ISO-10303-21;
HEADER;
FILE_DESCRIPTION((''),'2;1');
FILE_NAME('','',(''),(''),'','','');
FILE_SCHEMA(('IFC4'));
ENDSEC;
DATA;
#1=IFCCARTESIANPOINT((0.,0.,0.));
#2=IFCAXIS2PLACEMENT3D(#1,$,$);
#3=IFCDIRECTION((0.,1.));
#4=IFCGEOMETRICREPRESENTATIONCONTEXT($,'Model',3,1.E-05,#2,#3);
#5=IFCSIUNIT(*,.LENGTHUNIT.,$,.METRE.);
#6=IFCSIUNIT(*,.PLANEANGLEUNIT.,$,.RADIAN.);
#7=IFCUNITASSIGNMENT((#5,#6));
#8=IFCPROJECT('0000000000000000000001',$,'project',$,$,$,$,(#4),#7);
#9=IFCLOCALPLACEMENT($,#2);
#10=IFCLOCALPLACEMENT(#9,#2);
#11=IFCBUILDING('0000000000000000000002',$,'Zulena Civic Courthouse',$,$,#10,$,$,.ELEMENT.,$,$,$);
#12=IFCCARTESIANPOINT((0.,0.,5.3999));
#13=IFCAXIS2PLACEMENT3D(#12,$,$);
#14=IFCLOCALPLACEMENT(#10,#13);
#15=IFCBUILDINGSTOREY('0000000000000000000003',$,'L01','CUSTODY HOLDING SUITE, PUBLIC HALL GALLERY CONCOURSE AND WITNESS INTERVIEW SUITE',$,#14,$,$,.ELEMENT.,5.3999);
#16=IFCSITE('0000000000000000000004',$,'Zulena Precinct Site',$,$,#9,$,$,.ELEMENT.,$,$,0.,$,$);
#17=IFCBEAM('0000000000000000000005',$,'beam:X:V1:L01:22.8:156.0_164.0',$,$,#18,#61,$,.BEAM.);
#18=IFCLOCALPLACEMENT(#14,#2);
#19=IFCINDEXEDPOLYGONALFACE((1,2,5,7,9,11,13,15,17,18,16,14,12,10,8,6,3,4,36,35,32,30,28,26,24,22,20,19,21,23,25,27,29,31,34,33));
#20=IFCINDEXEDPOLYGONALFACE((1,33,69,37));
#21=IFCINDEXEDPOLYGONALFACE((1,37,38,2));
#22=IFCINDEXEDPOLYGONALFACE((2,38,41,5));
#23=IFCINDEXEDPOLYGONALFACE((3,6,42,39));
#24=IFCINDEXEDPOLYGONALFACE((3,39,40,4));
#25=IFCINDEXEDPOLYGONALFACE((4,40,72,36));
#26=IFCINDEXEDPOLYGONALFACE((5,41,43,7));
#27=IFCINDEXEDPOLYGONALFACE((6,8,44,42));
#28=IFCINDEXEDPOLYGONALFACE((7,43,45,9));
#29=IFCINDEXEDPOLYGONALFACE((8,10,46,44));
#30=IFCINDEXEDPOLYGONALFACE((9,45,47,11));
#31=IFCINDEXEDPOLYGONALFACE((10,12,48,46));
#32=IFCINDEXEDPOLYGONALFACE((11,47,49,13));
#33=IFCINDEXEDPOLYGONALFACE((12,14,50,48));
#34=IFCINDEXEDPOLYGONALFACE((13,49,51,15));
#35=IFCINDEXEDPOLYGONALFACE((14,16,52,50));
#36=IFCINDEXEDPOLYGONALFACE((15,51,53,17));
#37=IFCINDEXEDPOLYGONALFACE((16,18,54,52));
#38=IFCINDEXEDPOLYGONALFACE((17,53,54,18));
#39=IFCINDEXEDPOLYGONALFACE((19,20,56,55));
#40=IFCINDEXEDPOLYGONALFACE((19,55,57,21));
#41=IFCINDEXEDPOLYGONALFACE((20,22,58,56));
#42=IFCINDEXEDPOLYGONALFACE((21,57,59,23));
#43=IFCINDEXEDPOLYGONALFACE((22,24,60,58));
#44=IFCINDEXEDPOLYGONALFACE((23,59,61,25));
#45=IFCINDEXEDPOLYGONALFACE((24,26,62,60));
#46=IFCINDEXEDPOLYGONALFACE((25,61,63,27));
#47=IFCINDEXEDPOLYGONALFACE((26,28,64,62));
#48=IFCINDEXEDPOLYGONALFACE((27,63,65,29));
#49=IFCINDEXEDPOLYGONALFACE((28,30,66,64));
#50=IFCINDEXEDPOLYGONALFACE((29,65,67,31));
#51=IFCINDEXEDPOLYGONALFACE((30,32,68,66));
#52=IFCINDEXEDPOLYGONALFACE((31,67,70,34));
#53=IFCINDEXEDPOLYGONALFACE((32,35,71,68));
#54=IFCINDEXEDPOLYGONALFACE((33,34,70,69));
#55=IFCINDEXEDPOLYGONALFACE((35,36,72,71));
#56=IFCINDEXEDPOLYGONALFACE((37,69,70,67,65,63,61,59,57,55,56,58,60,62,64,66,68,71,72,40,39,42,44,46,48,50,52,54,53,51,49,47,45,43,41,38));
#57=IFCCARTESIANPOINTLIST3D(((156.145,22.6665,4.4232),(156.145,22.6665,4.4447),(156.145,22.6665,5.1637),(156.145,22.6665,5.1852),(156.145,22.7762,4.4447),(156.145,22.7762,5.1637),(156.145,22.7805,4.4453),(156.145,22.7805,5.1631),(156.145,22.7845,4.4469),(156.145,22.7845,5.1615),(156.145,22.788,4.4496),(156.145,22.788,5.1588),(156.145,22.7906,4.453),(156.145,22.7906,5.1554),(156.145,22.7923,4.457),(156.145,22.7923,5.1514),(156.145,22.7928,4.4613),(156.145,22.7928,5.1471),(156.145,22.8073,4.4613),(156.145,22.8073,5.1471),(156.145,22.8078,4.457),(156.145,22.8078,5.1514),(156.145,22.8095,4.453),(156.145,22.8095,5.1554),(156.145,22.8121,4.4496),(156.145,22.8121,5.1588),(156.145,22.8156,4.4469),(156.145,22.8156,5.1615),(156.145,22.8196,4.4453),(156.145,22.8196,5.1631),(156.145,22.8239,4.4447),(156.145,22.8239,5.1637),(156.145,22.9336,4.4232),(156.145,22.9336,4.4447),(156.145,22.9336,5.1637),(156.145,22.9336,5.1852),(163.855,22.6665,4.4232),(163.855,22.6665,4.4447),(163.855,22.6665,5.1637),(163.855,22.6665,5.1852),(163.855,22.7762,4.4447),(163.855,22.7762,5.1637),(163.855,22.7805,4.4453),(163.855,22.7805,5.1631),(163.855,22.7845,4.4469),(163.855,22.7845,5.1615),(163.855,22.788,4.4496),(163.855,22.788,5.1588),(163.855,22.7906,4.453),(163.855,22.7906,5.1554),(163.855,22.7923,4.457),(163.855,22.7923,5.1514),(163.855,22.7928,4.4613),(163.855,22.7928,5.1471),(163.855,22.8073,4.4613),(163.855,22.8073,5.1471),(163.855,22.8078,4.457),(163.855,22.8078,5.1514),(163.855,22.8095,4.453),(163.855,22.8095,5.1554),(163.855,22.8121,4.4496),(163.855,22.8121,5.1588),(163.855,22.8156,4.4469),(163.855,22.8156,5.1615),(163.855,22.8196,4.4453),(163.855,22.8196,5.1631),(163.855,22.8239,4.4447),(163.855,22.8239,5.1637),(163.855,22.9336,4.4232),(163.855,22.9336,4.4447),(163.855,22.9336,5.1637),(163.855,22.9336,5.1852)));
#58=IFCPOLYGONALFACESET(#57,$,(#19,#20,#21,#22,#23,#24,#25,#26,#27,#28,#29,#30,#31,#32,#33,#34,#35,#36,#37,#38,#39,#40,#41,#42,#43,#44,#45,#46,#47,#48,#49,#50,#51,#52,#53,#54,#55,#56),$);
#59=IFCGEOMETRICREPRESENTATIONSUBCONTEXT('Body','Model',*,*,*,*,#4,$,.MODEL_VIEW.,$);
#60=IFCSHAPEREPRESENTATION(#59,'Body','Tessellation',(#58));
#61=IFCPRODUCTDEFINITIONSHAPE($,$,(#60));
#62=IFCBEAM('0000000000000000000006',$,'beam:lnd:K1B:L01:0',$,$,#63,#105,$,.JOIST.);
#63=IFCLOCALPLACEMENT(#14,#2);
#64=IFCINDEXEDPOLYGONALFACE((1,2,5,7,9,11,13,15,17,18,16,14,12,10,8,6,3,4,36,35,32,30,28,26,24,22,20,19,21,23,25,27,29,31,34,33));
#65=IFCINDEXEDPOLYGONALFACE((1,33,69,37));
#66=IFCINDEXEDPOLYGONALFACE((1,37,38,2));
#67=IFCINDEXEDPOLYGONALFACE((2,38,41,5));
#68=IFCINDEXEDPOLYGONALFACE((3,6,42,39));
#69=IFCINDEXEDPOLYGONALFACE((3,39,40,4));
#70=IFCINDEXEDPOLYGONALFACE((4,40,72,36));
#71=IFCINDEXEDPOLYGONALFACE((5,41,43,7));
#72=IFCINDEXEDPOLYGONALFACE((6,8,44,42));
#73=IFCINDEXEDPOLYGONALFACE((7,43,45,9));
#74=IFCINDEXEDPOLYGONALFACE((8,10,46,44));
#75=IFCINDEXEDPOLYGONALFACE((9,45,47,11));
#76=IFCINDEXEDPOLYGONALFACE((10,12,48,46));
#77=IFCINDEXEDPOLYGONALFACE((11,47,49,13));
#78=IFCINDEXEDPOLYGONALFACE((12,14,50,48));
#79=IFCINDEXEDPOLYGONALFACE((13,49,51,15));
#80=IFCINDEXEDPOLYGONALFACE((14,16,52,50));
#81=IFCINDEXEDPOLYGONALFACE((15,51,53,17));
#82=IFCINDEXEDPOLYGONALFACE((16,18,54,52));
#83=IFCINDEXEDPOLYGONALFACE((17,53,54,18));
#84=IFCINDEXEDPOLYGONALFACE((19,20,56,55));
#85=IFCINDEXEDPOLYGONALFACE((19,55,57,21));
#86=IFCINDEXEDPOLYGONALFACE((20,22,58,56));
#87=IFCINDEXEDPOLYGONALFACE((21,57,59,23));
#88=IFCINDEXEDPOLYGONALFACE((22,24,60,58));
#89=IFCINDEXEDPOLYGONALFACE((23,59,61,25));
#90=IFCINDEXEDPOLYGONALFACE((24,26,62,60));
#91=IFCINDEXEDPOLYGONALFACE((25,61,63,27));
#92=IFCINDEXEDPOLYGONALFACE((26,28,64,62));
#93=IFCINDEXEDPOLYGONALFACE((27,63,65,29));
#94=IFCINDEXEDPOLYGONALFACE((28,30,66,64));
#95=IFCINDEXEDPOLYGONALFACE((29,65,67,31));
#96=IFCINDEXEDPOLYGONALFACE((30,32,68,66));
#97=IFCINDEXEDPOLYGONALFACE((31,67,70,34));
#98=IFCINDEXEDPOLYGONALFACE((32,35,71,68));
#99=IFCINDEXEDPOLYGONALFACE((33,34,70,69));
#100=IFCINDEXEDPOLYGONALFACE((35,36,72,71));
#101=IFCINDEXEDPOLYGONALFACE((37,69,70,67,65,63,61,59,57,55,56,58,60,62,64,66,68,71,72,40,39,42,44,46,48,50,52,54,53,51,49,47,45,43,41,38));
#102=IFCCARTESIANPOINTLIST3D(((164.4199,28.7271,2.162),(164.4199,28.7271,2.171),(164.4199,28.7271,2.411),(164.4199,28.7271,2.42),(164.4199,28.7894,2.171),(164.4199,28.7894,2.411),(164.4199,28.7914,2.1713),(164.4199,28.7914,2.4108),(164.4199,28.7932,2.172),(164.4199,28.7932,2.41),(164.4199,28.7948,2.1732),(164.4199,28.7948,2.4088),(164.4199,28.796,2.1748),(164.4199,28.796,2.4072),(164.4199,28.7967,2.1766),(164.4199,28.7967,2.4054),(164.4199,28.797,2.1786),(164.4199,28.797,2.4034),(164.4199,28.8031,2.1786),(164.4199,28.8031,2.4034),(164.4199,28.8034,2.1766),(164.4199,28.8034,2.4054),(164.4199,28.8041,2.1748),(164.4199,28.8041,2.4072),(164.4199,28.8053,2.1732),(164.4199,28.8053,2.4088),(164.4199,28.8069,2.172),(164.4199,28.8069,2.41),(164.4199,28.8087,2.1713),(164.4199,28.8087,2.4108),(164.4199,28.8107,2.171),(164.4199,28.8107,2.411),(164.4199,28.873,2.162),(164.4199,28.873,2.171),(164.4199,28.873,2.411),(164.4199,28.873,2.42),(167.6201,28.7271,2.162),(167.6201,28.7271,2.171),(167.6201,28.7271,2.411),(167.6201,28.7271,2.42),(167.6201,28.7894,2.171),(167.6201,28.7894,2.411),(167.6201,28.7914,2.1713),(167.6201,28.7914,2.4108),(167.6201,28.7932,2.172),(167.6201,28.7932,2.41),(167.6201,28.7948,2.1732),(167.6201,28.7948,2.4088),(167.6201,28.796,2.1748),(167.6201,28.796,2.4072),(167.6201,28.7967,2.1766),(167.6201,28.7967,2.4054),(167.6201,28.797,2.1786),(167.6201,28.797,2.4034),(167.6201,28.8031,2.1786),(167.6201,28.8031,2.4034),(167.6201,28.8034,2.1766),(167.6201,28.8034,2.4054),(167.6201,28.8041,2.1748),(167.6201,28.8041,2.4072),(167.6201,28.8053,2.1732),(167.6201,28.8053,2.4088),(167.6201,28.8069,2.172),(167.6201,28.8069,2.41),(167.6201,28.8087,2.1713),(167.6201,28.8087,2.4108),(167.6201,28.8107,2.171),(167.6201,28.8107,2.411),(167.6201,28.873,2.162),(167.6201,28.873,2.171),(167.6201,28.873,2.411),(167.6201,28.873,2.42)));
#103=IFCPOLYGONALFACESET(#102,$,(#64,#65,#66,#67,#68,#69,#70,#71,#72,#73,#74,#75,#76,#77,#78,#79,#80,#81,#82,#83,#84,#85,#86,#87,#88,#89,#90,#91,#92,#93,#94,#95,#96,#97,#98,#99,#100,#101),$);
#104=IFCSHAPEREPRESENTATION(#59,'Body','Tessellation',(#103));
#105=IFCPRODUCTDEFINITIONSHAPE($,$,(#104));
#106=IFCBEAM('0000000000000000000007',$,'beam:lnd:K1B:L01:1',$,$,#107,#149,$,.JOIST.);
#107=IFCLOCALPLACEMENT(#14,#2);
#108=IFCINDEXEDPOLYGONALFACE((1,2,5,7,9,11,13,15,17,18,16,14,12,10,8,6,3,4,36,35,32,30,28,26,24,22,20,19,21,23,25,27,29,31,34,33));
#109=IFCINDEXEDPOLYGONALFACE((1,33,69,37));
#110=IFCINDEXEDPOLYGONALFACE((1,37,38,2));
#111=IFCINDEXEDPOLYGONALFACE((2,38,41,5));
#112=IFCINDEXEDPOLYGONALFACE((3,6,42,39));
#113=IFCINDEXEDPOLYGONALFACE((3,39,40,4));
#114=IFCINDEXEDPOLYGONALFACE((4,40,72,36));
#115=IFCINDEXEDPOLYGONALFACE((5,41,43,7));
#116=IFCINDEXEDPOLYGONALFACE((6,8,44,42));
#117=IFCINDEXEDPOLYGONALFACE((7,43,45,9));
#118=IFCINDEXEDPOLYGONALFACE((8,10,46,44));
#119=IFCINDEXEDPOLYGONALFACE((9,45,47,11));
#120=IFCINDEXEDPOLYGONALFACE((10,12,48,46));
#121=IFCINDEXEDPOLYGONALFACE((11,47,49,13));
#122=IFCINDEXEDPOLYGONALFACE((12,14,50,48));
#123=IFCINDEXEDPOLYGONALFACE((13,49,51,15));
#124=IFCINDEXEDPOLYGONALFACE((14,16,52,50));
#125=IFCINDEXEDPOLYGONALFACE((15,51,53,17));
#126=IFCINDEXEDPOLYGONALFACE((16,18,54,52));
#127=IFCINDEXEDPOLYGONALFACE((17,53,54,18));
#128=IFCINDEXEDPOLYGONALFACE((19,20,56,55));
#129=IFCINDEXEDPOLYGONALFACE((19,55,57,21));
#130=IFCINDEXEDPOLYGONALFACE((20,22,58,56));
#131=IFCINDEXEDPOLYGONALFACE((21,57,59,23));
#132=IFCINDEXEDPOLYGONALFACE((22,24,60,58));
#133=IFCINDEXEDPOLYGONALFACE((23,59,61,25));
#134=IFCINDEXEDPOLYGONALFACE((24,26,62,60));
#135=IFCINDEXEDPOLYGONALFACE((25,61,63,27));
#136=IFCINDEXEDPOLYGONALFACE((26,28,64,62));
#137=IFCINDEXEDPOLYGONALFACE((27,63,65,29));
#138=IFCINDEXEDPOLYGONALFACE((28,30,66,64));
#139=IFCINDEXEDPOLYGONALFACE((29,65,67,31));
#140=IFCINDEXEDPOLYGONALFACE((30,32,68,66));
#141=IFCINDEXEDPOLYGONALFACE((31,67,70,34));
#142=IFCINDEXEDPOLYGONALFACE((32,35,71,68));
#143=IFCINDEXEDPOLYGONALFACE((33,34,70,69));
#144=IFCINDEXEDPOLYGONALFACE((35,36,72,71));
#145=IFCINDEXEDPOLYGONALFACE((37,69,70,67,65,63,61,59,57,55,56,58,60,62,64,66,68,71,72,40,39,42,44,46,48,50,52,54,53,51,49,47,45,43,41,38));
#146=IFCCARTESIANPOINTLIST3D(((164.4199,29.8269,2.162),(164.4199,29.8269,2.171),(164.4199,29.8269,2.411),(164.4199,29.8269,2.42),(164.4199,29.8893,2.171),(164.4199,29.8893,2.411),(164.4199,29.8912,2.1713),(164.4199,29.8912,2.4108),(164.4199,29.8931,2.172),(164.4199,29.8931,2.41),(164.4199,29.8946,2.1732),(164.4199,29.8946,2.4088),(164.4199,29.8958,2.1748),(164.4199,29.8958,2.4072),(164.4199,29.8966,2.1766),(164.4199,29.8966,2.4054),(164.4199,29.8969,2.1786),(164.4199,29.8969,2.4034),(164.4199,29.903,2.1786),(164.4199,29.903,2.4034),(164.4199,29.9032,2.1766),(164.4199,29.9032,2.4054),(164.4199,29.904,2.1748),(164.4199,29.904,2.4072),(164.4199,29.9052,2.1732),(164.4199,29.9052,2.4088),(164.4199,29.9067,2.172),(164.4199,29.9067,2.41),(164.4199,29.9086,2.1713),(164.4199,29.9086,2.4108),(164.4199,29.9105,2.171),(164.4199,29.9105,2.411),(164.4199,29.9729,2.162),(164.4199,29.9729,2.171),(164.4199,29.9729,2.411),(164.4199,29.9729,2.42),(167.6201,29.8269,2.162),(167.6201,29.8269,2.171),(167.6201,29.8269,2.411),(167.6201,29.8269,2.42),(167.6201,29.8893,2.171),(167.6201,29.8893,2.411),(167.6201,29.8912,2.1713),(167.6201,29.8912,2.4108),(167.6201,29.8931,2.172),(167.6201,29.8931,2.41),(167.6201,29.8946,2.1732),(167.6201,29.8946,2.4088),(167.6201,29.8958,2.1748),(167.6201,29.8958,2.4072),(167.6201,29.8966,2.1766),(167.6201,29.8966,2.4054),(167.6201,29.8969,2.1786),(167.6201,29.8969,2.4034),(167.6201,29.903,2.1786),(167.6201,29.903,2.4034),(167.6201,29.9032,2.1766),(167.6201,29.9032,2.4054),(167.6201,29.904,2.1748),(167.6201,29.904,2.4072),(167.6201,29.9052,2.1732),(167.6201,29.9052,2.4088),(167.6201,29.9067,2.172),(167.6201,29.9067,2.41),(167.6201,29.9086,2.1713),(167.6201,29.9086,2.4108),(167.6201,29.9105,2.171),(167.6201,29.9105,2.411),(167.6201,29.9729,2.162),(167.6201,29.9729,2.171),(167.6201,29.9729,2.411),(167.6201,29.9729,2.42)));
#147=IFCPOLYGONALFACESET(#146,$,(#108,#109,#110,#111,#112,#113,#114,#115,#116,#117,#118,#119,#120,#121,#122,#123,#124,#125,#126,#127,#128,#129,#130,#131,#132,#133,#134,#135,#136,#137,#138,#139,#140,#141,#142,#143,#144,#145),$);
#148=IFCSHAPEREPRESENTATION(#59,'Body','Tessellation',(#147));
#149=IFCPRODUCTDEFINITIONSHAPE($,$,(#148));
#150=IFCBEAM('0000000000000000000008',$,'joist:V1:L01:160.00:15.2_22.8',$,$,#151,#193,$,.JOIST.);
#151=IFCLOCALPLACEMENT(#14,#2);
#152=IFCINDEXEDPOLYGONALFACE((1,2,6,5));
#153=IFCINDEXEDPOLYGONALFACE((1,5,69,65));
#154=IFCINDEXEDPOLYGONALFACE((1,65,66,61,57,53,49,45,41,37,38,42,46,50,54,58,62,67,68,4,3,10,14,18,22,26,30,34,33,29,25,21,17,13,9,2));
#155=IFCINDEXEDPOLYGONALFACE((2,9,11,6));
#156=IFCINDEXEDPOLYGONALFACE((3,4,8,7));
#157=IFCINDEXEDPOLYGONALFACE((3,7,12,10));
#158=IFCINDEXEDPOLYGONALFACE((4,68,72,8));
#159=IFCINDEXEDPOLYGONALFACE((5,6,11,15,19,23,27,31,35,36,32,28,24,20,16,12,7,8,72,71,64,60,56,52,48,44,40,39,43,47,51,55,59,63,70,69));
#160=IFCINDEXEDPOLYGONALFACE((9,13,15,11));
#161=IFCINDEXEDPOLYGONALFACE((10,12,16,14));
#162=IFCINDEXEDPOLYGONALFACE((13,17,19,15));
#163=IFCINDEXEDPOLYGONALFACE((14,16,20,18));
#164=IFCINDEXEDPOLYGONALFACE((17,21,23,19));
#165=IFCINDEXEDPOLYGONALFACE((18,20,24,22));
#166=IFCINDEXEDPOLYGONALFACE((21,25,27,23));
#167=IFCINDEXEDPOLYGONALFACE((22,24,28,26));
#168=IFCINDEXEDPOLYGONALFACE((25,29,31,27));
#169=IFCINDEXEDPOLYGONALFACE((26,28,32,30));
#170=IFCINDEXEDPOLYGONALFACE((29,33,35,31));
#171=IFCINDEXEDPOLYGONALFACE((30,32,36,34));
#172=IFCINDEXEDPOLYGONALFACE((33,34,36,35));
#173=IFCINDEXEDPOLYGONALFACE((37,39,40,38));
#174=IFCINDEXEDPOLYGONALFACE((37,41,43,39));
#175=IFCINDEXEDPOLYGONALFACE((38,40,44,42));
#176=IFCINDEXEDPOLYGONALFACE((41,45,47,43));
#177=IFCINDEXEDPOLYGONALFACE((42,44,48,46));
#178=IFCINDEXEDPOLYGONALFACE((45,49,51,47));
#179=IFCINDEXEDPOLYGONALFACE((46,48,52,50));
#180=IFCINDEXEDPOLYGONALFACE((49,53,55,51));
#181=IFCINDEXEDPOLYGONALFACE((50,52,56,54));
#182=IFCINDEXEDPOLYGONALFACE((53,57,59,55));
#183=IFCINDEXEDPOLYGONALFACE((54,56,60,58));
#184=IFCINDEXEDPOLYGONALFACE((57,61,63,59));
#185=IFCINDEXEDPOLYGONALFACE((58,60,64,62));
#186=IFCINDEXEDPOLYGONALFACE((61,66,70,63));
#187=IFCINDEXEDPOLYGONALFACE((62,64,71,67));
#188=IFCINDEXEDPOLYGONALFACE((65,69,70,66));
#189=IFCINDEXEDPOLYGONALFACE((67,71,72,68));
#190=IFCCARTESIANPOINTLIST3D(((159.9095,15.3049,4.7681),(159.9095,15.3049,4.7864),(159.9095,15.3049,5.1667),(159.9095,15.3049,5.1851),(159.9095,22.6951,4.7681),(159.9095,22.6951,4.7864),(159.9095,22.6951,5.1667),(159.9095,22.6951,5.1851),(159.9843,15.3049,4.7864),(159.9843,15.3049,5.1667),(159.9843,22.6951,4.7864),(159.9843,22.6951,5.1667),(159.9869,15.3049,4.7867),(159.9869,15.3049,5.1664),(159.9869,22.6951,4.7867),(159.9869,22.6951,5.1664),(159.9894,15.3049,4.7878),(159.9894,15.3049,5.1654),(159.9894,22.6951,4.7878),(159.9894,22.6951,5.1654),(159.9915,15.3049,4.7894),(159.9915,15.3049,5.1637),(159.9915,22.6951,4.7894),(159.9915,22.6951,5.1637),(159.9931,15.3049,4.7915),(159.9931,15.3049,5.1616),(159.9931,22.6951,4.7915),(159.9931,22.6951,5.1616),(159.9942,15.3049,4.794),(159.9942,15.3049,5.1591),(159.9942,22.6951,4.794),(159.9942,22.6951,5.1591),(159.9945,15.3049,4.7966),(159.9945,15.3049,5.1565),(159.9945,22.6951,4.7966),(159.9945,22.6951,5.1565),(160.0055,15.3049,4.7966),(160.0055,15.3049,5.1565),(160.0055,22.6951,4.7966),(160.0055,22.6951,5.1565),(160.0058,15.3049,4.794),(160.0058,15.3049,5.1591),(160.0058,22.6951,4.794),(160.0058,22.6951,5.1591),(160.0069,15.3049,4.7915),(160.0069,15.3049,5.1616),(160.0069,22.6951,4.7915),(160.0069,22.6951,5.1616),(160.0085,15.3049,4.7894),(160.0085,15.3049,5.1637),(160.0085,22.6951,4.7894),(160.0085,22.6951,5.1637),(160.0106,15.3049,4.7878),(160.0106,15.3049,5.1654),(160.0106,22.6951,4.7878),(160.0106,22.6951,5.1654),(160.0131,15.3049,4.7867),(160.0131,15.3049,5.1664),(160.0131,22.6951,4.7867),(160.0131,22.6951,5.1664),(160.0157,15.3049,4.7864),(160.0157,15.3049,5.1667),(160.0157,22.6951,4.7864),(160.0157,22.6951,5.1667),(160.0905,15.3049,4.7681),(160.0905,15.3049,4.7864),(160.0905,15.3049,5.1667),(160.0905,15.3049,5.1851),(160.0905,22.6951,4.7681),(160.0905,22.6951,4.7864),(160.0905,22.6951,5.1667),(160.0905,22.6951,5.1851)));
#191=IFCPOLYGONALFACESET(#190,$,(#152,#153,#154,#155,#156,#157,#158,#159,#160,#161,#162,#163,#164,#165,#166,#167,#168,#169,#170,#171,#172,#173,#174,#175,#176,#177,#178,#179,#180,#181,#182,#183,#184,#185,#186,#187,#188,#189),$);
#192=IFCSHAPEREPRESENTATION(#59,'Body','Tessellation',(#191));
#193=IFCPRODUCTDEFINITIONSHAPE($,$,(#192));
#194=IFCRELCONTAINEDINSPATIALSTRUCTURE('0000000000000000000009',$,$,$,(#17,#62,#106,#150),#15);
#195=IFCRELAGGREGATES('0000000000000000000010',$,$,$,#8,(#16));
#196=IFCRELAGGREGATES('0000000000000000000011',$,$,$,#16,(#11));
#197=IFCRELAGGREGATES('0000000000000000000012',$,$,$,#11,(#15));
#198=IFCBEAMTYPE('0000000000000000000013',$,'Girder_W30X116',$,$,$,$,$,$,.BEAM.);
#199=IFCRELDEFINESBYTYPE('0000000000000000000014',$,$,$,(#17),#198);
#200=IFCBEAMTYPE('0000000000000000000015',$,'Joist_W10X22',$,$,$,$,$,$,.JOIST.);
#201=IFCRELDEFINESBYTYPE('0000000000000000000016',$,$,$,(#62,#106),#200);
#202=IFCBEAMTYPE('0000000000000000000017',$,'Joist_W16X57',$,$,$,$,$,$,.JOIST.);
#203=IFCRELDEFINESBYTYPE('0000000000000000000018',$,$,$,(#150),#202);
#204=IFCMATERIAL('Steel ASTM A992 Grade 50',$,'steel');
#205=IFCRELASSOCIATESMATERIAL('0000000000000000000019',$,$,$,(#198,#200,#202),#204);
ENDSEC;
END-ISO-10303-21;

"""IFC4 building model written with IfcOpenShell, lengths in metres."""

from ifc_helpers import new_model, si_unit, direction, frame, origin, origin_2d, place, context, subcontext, project, spatial, i_section, extrude, material, material_profile, profile_set, type_object, element, save


model = new_model("IFC4")

# Units and contexts
model_context = context("Model", 3, precision=1e-05, world=origin(), true_north=direction((0.0, 1.0)))
body_context = subcontext(model_context, "Body", "Model", "MODEL_VIEW")
ifc_project = project(units=[si_unit("LENGTHUNIT", "METRE"), si_unit("PLANEANGLEUNIT", "RADIAN")], contexts=[model_context])

# Site, building, storey
site_placement = place(None, origin())
site = spatial("IfcSite", under=ifc_project, at=site_placement, Name="Zulena Precinct Site", CompositionType="ELEMENT", RefElevation=0.0)
building_placement = place(site_placement, origin())
building = spatial("IfcBuilding", under=site, at=building_placement, Name="Zulena Civic Courthouse", CompositionType="ELEMENT")
storey_placement = place(building_placement, frame((0.0, 0.0, 5.3999)))
storey = spatial("IfcBuildingStorey", under=building, at=storey_placement, Name="L01", Description="CUSTODY HOLDING SUITE, PUBLIC HALL GALLERY CONCOURSE AND WITNESS INTERVIEW SUITE", CompositionType="ELEMENT", Elevation=5.3999)

# Shared definitions
ifc_material_1 = material(Name="Steel ASTM A992 Grade 50", Category="steel")

# Beams
ifc_material_profile_1 = material_profile(ifc_material_1, i_section(OverallWidth=0.2671, OverallDepth=0.762, WebThickness=0.0144, FlangeThickness=0.0215, FilletRadius=0.0166, at=origin_2d()), Name="W30X116")
ifc_profile_set_1 = profile_set([ifc_material_profile_1], Name="Steel ASTM A992 Grade 50")
beam_type_1 = type_object("IfcBeamType", Name="Girder_W30X116", PredefinedType="BEAM", material=ifc_profile_set_1)
beam_1_placement = place(storey_placement, frame((156.145, 22.8, 4.8042), z_axis=(1.0, 0.0, 0.0), x_axis=(0.0, 1.0, 0.0)))
element("IfcBeam", 1, at=beam_1_placement, inside=storey, type_object=beam_type_1, Name="beam:X:V1:L01:22.8:156.0_164.0", PredefinedType="BEAM", context=body_context, shape_type="SweptSolid", body=[
    extrude(i_section(OverallWidth=0.2671, OverallDepth=0.762, WebThickness=0.0144, FlangeThickness=0.0215, FilletRadius=0.0166, at=origin_2d()), origin(), (0.0, 0.0, 1.0), 7.71),
])
ifc_material_profile_2 = material_profile(ifc_material_1, i_section(OverallWidth=0.146, OverallDepth=0.2581, WebThickness=0.0061, FlangeThickness=0.009, FilletRadius=0.0076, at=origin_2d()), Name="W10X22")
ifc_profile_set_2 = profile_set([ifc_material_profile_2], Name="Steel ASTM A992 Grade 50")
beam_type_2 = type_object("IfcBeamType", Name="Joist_W10X22", PredefinedType="JOIST", material=ifc_profile_set_2)
for number, where, z_axis, x_axis, name in (
    (2, (164.4199, 28.8, 2.291), (1.0, 0.0, 0.0), (0.0, 1.0, 0.0), "beam:lnd:K1B:L01:0"),
    (3, (164.4199, 29.8999, 2.291), (1.0, 0.0, 0.0), (0.0, 1.0, 0.0), "beam:lnd:K1B:L01:1"),
):
    element("IfcBeam", number, at=place(storey_placement, frame(where, z_axis=z_axis, x_axis=x_axis)), inside=storey, type_object=beam_type_2, Name=name, PredefinedType="JOIST", context=body_context, shape_type="SweptSolid", body=[
        extrude(i_section(OverallWidth=0.146, OverallDepth=0.2581, WebThickness=0.0061, FlangeThickness=0.009, FilletRadius=0.0076, at=origin_2d()), origin(), (0.0, 0.0, 1.0), 3.2002),
    ])
ifc_material_profile_3 = material_profile(ifc_material_1, i_section(OverallWidth=0.1809, OverallDepth=0.417, WebThickness=0.011, FlangeThickness=0.0183, FilletRadius=0.0103, at=origin_2d()), Name="W16X57")
ifc_profile_set_3 = profile_set([ifc_material_profile_3], Name="Steel ASTM A992 Grade 50")
beam_type_3 = type_object("IfcBeamType", Name="Joist_W16X57", PredefinedType="JOIST", material=ifc_profile_set_3)
beam_2_placement = place(storey_placement, frame((160.0, 15.3049, 4.9766), z_axis=(0.0, 1.0, 0.0), x_axis=(-1.0, 0.0, 0.0)))
element("IfcBeam", 4, at=beam_2_placement, inside=storey, type_object=beam_type_3, Name="joist:V1:L01:160.00:15.2_22.8", PredefinedType="JOIST", context=body_context, shape_type="SweptSolid", body=[
    extrude(i_section(OverallWidth=0.1809, OverallDepth=0.417, WebThickness=0.011, FlangeThickness=0.0183, FilletRadius=0.0103, at=origin_2d()), origin(), (0.0, 0.0, 1.0), 7.3901),
])

save(model, "model.ifc")
